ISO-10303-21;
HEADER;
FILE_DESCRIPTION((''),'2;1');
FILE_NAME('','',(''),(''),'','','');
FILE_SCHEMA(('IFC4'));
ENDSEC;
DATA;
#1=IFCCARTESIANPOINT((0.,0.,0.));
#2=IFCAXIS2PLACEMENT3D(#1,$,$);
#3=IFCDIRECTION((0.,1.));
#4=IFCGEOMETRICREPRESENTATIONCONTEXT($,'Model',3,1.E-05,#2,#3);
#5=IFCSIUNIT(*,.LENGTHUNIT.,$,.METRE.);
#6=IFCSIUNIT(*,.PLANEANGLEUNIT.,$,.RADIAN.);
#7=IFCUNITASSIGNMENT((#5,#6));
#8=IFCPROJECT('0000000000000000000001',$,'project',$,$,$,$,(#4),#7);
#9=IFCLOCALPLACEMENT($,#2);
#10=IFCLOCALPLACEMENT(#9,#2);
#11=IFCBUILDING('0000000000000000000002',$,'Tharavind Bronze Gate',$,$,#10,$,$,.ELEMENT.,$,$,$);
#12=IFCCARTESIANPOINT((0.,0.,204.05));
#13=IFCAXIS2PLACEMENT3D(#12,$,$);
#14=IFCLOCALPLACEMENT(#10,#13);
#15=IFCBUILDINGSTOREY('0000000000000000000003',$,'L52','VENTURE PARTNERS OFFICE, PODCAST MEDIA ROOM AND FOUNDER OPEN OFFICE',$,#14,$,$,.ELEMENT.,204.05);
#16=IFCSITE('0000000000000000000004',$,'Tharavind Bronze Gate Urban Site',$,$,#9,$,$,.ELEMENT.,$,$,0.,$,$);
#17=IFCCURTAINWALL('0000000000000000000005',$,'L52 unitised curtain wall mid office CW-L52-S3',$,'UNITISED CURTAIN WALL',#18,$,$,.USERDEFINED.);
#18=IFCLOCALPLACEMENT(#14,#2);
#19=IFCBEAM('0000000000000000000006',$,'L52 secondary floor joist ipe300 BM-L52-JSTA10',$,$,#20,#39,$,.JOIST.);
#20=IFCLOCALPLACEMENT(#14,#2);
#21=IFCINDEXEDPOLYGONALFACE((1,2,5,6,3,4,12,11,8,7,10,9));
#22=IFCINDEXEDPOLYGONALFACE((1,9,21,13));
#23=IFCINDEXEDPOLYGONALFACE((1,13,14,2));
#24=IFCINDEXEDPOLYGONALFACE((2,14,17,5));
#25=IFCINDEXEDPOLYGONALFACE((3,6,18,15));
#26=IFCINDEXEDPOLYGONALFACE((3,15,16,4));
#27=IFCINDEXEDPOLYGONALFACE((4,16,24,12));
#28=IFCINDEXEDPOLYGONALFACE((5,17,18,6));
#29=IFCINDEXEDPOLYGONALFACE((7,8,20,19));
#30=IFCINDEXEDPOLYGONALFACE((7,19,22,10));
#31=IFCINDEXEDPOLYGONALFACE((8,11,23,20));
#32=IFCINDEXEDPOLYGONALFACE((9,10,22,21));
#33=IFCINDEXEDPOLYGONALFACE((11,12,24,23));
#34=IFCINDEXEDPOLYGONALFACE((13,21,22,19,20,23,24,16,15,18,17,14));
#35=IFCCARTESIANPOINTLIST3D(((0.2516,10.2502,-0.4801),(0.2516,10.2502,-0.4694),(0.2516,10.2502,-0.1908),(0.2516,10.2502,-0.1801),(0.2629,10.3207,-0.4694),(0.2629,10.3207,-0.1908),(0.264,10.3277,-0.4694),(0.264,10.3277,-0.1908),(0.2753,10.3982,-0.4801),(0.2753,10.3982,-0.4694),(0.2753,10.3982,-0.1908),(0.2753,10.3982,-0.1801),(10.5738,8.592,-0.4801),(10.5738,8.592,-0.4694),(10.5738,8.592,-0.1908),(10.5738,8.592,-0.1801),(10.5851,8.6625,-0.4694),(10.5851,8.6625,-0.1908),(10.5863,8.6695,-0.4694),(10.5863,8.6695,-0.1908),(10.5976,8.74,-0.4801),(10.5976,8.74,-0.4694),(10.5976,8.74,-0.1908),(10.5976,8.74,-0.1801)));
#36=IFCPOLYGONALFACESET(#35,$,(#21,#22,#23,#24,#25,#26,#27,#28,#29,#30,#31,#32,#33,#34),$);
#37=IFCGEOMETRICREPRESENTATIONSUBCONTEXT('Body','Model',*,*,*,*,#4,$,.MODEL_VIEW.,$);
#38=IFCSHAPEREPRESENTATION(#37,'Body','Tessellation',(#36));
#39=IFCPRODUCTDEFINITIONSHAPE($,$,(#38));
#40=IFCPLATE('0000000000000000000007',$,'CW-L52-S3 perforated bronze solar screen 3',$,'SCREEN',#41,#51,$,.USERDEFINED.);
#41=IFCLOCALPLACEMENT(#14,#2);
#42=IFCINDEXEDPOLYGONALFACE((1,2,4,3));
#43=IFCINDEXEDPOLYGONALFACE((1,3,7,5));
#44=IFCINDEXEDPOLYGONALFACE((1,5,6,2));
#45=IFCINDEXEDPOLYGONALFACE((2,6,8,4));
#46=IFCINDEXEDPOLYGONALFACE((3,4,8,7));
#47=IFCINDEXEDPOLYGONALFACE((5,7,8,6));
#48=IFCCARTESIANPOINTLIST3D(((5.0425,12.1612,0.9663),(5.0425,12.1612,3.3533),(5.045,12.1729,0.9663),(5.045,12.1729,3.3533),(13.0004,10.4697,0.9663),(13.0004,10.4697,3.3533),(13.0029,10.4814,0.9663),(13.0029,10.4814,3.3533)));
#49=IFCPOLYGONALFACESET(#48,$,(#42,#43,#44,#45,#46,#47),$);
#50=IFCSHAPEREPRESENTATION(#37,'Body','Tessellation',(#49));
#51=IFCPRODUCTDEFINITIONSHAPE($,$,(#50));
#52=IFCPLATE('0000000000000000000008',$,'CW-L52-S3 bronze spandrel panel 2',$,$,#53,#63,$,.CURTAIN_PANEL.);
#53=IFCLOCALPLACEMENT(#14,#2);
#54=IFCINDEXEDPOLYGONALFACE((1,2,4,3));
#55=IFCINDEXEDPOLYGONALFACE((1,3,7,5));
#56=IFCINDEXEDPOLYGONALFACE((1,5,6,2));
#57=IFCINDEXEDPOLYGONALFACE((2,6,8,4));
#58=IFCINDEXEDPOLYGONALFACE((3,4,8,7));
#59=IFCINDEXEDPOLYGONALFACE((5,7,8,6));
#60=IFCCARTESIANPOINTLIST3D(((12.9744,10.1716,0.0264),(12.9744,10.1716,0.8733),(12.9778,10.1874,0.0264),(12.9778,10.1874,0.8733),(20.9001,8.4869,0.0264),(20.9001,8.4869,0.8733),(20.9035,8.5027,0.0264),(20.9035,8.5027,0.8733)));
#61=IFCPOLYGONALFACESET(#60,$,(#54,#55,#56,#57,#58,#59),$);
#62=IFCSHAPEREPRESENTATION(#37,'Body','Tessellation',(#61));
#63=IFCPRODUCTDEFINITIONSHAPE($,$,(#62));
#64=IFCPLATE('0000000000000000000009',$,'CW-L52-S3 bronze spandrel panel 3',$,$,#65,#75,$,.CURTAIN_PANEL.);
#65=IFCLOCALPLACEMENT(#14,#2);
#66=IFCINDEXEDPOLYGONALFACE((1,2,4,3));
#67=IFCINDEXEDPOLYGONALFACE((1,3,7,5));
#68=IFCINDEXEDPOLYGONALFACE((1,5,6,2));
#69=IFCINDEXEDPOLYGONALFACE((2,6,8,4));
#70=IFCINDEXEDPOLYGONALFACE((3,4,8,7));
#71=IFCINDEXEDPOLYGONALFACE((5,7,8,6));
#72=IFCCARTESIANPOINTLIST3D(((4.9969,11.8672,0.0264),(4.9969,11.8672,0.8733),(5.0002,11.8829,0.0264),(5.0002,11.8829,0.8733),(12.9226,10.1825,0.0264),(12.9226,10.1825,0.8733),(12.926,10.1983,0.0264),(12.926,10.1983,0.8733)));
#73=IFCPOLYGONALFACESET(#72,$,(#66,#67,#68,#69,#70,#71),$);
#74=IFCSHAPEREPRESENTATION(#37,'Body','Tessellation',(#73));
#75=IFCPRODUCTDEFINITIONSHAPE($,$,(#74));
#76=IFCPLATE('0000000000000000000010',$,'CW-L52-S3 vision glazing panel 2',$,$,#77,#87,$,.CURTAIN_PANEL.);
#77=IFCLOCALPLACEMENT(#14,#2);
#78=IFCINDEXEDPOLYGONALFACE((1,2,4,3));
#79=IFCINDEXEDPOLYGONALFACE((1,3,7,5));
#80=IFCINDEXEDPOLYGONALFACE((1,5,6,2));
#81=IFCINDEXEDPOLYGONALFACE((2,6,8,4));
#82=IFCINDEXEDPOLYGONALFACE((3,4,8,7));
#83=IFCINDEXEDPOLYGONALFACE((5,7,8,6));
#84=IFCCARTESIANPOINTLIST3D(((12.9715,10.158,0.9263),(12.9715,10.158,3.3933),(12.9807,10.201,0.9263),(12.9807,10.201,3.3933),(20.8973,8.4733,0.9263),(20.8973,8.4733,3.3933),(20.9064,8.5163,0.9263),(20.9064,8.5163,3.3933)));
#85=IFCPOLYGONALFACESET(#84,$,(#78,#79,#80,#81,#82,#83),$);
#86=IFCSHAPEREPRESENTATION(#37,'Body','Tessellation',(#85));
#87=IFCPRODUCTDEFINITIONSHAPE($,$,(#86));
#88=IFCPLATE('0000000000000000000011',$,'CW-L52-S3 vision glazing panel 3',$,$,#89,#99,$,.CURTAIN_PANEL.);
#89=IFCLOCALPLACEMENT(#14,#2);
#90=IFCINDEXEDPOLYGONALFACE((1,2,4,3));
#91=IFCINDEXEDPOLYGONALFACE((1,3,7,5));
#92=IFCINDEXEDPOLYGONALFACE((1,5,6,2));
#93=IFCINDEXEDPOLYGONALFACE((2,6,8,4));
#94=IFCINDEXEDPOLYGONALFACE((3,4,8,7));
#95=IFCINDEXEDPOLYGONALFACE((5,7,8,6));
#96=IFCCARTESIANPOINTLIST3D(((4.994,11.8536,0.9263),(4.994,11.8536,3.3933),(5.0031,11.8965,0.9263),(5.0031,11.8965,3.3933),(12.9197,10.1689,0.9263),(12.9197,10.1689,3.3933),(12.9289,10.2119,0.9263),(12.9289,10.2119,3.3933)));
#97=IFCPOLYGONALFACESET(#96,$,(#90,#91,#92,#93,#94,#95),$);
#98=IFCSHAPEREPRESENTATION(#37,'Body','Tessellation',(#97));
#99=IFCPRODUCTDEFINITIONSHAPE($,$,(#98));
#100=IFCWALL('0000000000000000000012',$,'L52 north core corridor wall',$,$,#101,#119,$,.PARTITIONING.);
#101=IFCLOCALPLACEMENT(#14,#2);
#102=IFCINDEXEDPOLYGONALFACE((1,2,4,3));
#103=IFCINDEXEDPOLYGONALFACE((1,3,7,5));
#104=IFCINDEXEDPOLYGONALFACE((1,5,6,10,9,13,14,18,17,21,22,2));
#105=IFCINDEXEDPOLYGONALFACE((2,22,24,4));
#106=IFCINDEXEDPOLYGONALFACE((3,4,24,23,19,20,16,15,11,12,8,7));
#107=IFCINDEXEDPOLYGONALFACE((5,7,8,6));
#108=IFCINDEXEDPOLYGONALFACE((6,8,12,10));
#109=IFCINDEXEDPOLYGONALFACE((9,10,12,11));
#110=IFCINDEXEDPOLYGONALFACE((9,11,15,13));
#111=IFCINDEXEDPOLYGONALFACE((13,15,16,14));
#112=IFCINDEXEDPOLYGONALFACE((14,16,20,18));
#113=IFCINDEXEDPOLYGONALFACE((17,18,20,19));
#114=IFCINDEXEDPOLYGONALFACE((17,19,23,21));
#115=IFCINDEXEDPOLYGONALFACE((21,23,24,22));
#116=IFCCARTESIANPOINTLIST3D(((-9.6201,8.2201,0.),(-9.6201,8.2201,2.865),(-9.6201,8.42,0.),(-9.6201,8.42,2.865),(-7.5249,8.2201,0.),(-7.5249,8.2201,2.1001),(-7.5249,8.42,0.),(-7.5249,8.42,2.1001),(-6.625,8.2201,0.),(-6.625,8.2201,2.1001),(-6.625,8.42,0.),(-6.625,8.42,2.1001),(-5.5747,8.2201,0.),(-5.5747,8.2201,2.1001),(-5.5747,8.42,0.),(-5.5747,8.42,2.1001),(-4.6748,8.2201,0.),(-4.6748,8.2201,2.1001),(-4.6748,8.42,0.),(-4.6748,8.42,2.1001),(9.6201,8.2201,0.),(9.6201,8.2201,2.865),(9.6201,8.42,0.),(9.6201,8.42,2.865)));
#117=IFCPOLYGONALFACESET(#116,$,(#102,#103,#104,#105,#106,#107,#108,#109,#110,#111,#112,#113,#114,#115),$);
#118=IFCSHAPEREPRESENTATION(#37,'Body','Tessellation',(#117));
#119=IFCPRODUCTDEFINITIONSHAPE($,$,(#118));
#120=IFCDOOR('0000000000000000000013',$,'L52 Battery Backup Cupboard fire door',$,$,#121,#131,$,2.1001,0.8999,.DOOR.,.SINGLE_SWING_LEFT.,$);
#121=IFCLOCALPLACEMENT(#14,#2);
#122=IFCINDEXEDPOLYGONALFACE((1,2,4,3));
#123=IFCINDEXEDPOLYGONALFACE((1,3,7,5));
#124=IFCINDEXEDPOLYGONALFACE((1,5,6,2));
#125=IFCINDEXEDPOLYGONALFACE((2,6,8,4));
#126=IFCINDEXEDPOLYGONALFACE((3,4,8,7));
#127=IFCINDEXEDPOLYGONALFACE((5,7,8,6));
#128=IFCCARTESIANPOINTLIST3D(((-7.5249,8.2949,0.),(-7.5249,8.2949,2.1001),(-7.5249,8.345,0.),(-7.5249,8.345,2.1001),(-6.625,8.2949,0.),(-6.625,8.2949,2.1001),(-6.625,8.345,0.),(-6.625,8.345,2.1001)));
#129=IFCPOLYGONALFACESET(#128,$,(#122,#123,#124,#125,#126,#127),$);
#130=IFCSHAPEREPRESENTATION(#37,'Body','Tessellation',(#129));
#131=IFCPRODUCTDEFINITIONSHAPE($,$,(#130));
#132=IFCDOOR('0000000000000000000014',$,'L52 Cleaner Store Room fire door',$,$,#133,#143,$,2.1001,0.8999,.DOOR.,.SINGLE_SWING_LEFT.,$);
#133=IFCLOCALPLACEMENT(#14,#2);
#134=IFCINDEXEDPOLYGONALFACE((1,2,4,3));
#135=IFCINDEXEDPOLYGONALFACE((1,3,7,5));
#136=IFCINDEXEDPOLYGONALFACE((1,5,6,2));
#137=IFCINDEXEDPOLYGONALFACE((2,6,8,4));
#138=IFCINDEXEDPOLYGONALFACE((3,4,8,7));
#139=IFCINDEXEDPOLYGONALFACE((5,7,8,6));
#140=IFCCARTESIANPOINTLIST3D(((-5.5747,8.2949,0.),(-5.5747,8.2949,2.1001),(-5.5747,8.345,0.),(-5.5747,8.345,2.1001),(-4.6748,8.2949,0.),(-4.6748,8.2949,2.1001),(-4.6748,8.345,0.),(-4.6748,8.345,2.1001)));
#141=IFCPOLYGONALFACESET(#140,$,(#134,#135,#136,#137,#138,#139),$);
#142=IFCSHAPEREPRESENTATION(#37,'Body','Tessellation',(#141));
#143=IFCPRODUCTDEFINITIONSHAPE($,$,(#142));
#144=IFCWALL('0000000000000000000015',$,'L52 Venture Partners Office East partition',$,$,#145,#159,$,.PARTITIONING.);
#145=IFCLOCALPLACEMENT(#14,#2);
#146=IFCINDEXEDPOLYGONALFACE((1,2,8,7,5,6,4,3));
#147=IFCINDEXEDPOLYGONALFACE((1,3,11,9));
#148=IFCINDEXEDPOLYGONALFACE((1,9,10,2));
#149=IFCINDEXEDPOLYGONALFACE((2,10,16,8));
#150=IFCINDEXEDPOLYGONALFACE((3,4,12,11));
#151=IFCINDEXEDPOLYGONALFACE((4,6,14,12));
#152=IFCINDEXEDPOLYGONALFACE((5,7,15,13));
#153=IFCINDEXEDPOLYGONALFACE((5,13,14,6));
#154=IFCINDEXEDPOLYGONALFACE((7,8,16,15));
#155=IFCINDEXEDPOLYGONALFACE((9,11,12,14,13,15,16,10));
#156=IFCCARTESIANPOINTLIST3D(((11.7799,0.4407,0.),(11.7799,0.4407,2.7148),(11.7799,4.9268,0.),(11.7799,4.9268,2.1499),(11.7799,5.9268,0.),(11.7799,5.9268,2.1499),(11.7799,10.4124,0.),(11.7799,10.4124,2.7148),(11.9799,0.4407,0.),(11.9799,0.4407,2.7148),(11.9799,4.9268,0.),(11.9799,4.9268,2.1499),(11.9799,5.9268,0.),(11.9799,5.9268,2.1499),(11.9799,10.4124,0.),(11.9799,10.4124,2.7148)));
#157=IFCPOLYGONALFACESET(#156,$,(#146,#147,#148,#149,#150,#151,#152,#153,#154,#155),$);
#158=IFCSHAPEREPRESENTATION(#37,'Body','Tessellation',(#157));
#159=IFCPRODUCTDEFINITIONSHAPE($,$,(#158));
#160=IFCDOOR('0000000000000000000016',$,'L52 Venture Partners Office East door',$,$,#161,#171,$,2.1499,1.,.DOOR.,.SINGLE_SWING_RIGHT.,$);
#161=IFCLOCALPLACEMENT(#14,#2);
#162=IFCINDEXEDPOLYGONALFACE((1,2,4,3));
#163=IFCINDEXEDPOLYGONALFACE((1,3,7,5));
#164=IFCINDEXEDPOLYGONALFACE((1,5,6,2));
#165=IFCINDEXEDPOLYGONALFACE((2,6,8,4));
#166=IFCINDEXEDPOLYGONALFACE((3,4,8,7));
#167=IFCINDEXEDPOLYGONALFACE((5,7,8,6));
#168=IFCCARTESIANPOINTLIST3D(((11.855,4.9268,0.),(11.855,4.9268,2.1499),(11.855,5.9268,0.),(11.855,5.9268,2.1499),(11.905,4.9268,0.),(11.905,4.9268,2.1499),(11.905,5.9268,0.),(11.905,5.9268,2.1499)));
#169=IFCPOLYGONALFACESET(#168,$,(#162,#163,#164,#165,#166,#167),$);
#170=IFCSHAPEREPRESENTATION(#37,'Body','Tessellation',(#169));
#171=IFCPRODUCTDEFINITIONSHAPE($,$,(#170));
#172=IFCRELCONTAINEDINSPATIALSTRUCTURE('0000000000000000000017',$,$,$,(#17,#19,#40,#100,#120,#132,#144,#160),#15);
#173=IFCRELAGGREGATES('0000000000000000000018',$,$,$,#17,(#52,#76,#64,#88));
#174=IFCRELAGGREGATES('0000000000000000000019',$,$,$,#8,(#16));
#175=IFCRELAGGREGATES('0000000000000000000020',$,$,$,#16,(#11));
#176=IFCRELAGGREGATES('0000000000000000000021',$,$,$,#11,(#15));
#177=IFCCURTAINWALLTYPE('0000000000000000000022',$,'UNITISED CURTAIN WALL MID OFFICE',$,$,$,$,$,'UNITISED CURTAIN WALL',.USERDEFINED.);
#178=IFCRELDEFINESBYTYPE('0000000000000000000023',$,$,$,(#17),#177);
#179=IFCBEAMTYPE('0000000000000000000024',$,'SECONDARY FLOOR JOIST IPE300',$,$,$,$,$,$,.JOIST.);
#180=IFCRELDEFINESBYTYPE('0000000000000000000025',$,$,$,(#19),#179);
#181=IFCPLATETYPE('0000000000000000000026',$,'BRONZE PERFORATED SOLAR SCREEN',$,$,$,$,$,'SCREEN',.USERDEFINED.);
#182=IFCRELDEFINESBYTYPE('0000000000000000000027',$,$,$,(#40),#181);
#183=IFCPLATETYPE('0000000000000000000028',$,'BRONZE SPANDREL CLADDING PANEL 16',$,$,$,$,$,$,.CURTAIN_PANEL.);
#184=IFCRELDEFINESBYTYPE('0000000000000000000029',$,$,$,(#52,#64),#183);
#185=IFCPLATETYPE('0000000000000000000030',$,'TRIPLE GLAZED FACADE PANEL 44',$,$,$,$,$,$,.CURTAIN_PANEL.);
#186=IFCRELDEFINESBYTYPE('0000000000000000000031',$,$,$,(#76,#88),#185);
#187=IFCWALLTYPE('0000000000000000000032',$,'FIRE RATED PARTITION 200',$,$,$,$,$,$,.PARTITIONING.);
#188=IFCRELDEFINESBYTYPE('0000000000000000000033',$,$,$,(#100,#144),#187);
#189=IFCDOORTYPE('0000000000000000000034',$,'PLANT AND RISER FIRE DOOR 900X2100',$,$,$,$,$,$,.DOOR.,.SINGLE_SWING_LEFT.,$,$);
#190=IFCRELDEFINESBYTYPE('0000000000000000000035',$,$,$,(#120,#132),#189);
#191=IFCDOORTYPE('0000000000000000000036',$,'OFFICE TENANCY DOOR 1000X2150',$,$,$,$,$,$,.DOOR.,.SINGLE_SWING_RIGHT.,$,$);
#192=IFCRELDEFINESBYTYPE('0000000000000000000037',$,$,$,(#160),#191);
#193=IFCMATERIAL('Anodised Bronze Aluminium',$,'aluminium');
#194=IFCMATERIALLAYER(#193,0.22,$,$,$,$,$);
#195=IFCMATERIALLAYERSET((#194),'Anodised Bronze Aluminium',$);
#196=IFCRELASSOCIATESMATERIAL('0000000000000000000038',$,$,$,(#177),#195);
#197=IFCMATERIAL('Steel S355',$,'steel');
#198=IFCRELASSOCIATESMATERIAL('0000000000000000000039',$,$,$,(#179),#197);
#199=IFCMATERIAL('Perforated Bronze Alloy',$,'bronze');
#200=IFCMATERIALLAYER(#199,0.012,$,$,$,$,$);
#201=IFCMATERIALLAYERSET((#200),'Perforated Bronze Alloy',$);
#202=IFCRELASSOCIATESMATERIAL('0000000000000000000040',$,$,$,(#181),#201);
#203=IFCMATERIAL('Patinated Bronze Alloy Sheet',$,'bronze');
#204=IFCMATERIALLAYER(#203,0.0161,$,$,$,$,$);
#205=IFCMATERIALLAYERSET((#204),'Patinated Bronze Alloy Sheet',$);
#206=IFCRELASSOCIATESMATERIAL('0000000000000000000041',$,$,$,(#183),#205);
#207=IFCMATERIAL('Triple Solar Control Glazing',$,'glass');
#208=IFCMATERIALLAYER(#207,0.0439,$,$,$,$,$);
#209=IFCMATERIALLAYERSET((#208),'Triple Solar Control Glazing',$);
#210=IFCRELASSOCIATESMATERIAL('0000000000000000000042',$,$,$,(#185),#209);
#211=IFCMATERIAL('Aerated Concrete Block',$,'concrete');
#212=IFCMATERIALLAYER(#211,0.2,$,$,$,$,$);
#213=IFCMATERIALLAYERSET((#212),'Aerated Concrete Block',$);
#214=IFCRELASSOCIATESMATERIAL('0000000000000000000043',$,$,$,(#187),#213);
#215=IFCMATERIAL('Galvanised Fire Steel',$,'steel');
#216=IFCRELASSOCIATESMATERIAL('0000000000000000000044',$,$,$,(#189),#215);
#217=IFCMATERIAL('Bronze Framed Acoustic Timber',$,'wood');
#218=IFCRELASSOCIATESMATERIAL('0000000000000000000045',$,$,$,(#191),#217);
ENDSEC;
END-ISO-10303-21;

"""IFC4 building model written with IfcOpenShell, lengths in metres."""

from ifc_helpers import new_model, si_unit, direction, frame, frame_2d, origin, origin_2d, place, context, subcontext, project, spatial, rectangle, i_section, extrude, material, layer, layer_set, material_profile, profile_set, type_object, element, fill, aggregate, save


model = new_model("IFC4")

# Units and contexts
model_context = context("Model", 3, precision=1e-05, world=origin(), true_north=direction((0.0, 1.0)))
body_context = subcontext(model_context, "Body", "Model", "MODEL_VIEW")
ifc_project = project(units=[si_unit("LENGTHUNIT", "METRE"), si_unit("PLANEANGLEUNIT", "RADIAN")], contexts=[model_context])

# Site, building, storey
site_placement = place(None, origin())
site = spatial("IfcSite", under=ifc_project, at=site_placement, Name="Tharavind Bronze Gate Urban Site", CompositionType="ELEMENT", RefElevation=0.0)
building_placement = place(site_placement, origin())
building = spatial("IfcBuilding", under=site, at=building_placement, Name="Tharavind Bronze Gate", CompositionType="ELEMENT")
storey_placement = place(building_placement, frame((0.0, 0.0, 204.05)))
storey = spatial("IfcBuildingStorey", under=building, at=storey_placement, Name="L52", Description="VENTURE PARTNERS OFFICE, PODCAST MEDIA ROOM AND FOUNDER OPEN OFFICE", CompositionType="ELEMENT", Elevation=204.05)

# Curtain wall
ifc_material_1 = material(Name="Anodised Bronze Aluminium", Category="aluminium")
ifc_layer_1 = layer(ifc_material_1, 0.22)
ifc_layer_set_1 = layer_set([ifc_layer_1], Name="Anodised Bronze Aluminium")
curtain_wall_type = type_object("IfcCurtainWallType", Name="UNITISED CURTAIN WALL MID OFFICE", ElementType="UNITISED CURTAIN WALL", PredefinedType="USERDEFINED", material=ifc_layer_set_1)
curtain_wall_placement = place(storey_placement, origin())
curtain_wall = element("IfcCurtainWall", 1, at=curtain_wall_placement, inside=storey, type_object=curtain_wall_type, Name="L52 unitised curtain wall mid office CW-L52-S3", ObjectType="UNITISED CURTAIN WALL", PredefinedType="USERDEFINED")

# Beam
ifc_material_2 = material(Name="Steel S355", Category="steel")
ifc_material_profile_1 = material_profile(ifc_material_2, i_section(OverallWidth=0.1499, OverallDepth=0.3, WebThickness=0.0071, FlangeThickness=0.0107, at=origin_2d()), Name="IPE300")
ifc_profile_set_1 = profile_set([ifc_material_profile_1], Name="Steel S355")
beam_type_1 = type_object("IfcBeamType", Name="SECONDARY FLOOR JOIST IPE300", PredefinedType="JOIST", material=ifc_profile_set_1)
beam_1_placement = place(storey_placement, frame((10.5857, 8.666, -0.3301), z_axis=(-0.987341, 0.15861, 0.0), x_axis=(-0.15861, -0.987341, 0.0)))
element("IfcBeam", 2, at=beam_1_placement, inside=storey, type_object=beam_type_1, Name="L52 secondary floor joist ipe300 BM-L52-JSTA10", PredefinedType="JOIST", context=body_context, shape_type="SweptSolid", body=[
    extrude(i_section(OverallWidth=0.1499, OverallDepth=0.3, WebThickness=0.0071, FlangeThickness=0.0107, at=origin_2d()), origin(), (0.0, 0.0, 1.0), 10.4546),
])

# Plates
ifc_material_3 = material(Name="Perforated Bronze Alloy", Category="bronze")
ifc_layer_2 = layer(ifc_material_3, 0.012)
ifc_layer_set_2 = layer_set([ifc_layer_2], Name="Perforated Bronze Alloy")
plate_type_1 = type_object("IfcPlateType", Name="BRONZE PERFORATED SOLAR SCREEN", ElementType="SCREEN", PredefinedType="USERDEFINED", material=ifc_layer_set_2)
plate_1_placement = place(storey_placement, frame((9.0227, 11.3213, 0.9663), z_axis=(0.0, 0.0, 1.0), x_axis=(-0.978148, 0.207912, 0.0)))
element("IfcPlate", 3, at=plate_1_placement, inside=storey, type_object=plate_type_1, Name="CW-L52-S3 perforated bronze solar screen 3", ObjectType="SCREEN", PredefinedType="USERDEFINED", context=body_context, shape_type="SweptSolid", body=[
    extrude(rectangle(XDim=8.1357, YDim=0.012, at=origin_2d()), origin(), (0.0, 0.0, 1.0), 2.387),
])
ifc_material_4 = material(Name="Patinated Bronze Alloy Sheet", Category="bronze")
ifc_layer_3 = layer(ifc_material_4, 0.0161)
ifc_layer_set_3 = layer_set([ifc_layer_3], Name="Patinated Bronze Alloy Sheet")
plate_type_2 = type_object("IfcPlateType", Name="BRONZE SPANDREL CLADDING PANEL 16", PredefinedType="CURTAIN_PANEL", material=ifc_layer_set_3)
plate_2_placement = place(storey_placement, frame((16.939, 9.3372, 0.0264), z_axis=(0.0, 0.0, 1.0), x_axis=(-0.978148, 0.207912, 0.0)))
plate_2 = element("IfcPlate", 4, at=plate_2_placement, type_object=plate_type_2, Name="CW-L52-S3 bronze spandrel panel 2", PredefinedType="CURTAIN_PANEL", context=body_context, shape_type="SweptSolid", body=[
    extrude(rectangle(XDim=8.1028, YDim=0.0161, at=origin_2d()), origin(), (0.0, 0.0, 1.0), 0.8469),
])
plate_3_placement = place(storey_placement, frame((8.9614, 11.0327, 0.0264), z_axis=(0.0, 0.0, 1.0), x_axis=(-0.978148, 0.207912, 0.0)))
plate_3 = element("IfcPlate", 5, at=plate_3_placement, type_object=plate_type_2, Name="CW-L52-S3 bronze spandrel panel 3", PredefinedType="CURTAIN_PANEL", context=body_context, shape_type="SweptSolid", body=[
    extrude(rectangle(XDim=8.1028, YDim=0.0161, at=origin_2d()), origin(), (0.0, 0.0, 1.0), 0.8469),
])
ifc_material_5 = material(Name="Triple Solar Control Glazing", Category="glass")
ifc_layer_4 = layer(ifc_material_5, 0.0439)
ifc_layer_set_4 = layer_set([ifc_layer_4], Name="Triple Solar Control Glazing")
plate_type_3 = type_object("IfcPlateType", Name="TRIPLE GLAZED FACADE PANEL 44", PredefinedType="CURTAIN_PANEL", material=ifc_layer_set_4)
plate_4_placement = place(storey_placement, frame((16.939, 9.3372, 0.9263), z_axis=(0.0, 0.0, 1.0), x_axis=(-0.978148, 0.207912, 0.0)))
plate_4 = element("IfcPlate", 6, at=plate_4_placement, type_object=plate_type_3, Name="CW-L52-S3 vision glazing panel 2", PredefinedType="CURTAIN_PANEL", context=body_context, shape_type="SweptSolid", body=[
    extrude(rectangle(XDim=8.1028, YDim=0.0439, at=origin_2d()), origin(), (0.0, 0.0, 1.0), 2.467),
])
plate_5_placement = place(storey_placement, frame((8.9614, 11.0327, 0.9263), z_axis=(0.0, 0.0, 1.0), x_axis=(-0.978148, 0.207912, 0.0)))
plate_5 = element("IfcPlate", 7, at=plate_5_placement, type_object=plate_type_3, Name="CW-L52-S3 vision glazing panel 3", PredefinedType="CURTAIN_PANEL", context=body_context, shape_type="SweptSolid", body=[
    extrude(rectangle(XDim=8.1028, YDim=0.0439, at=origin_2d()), origin(), (0.0, 0.0, 1.0), 2.467),
])
aggregate(curtain_wall, [plate_2, plate_4, plate_3, plate_5])

# Wall, openings, doors
ifc_material_6 = material(Name="Aerated Concrete Block", Category="concrete")
ifc_layer_5 = layer(ifc_material_6, 0.2)
ifc_layer_set_5 = layer_set([ifc_layer_5], Name="Aerated Concrete Block")
wall_type = type_object("IfcWallType", Name="FIRE RATED PARTITION 200", PredefinedType="PARTITIONING", material=ifc_layer_set_5)
wall_1_placement = place(storey_placement, frame((9.6201, 8.3201, 0.0), z_axis=(0.0, 0.0, 1.0), x_axis=(-1.0, 0.0, 0.0)))
wall_1 = element("IfcWall", 8, at=wall_1_placement, inside=storey, type_object=wall_type, Name="L52 north core corridor wall", PredefinedType="PARTITIONING", context=body_context, shape_type="SweptSolid", body=[
    extrude(rectangle(XDim=19.2402, YDim=0.2, at=frame_2d((9.6201, 0.0))), origin(), (0.0, 0.0, 1.0), 2.865),
])
opening_1_placement = place(wall_1_placement, frame((16.2451, 0.0, 0.0)))
opening_1 = element("IfcOpeningElement", 9, at=opening_1_placement, cuts=wall_1, PredefinedType="OPENING", context=body_context, shape_type="SweptSolid", body=[
    extrude(rectangle(XDim=0.8999, YDim=2.1001, at=frame_2d((0.45, 1.05))), frame((0.0, 0.1101, 0.0), z_axis=(0.0, -1.0, 0.0), x_axis=(1.0, 0.0, 0.0)), (0.0, 0.0, 1.0), 0.22),
])
opening_2_placement = place(wall_1_placement, frame((14.2949, 0.0, 0.0)))
opening_2 = element("IfcOpeningElement", 10, at=opening_2_placement, cuts=wall_1, PredefinedType="OPENING", context=body_context, shape_type="SweptSolid", body=[
    extrude(rectangle(XDim=0.8999, YDim=2.1001, at=frame_2d((0.45, 1.05))), frame((0.0, 0.1101, 0.0), z_axis=(0.0, -1.0, 0.0), x_axis=(1.0, 0.0, 0.0)), (0.0, 0.0, 1.0), 0.22),
])
ifc_material_7 = material(Name="Galvanised Fire Steel", Category="steel")
door_type_1 = type_object("IfcDoorType", Name="PLANT AND RISER FIRE DOOR 900X2100", OperationType="SINGLE_SWING_LEFT", PredefinedType="DOOR", material=ifc_material_7)
door_1_placement = place(opening_1_placement, frame((0.8999, 0.0, 0.0), z_axis=(0.0, 0.0, 1.0), x_axis=(-1.0, 0.0, 0.0)))
door_1 = element("IfcDoor", 11, at=door_1_placement, inside=storey, type_object=door_type_1, Name="L52 Battery Backup Cupboard fire door", OperationType="SINGLE_SWING_LEFT", OverallHeight=2.1001, OverallWidth=0.8999, PredefinedType="DOOR", context=body_context, shape_type="SweptSolid", body=[
    extrude(rectangle(XDim=0.8999, YDim=2.1001, at=frame_2d((0.45, 1.05))), frame((0.0, 0.0249, 0.0), z_axis=(0.0, -1.0, 0.0), x_axis=(1.0, 0.0, 0.0)), (0.0, 0.0, 1.0), 0.05),
])
fill(opening_1, door_1)
door_2_placement = place(opening_2_placement, frame((0.8999, 0.0, 0.0), z_axis=(0.0, 0.0, 1.0), x_axis=(-1.0, 0.0, 0.0)))
door_2 = element("IfcDoor", 12, at=door_2_placement, inside=storey, type_object=door_type_1, Name="L52 Cleaner Store Room fire door", OperationType="SINGLE_SWING_LEFT", OverallHeight=2.1001, OverallWidth=0.8999, PredefinedType="DOOR", context=body_context, shape_type="SweptSolid", body=[
    extrude(rectangle(XDim=0.8999, YDim=2.1001, at=frame_2d((0.45, 1.05))), frame((0.0, 0.0249, 0.0), z_axis=(0.0, -1.0, 0.0), x_axis=(1.0, 0.0, 0.0)), (0.0, 0.0, 1.0), 0.05),
])
fill(opening_2, door_2)

# Wall, opening, door
wall_2_placement = place(storey_placement, frame((11.8799, 0.4407, 0.0), z_axis=(0.0, 0.0, 1.0), x_axis=(0.0, 1.0, 0.0)))
wall_2 = element("IfcWall", 13, at=wall_2_placement, inside=storey, type_object=wall_type, Name="L52 Venture Partners Office East partition", PredefinedType="PARTITIONING", context=body_context, shape_type="SweptSolid", body=[
    extrude(rectangle(XDim=9.9717, YDim=0.2, at=frame_2d((4.9858, 0.0))), origin(), (0.0, 0.0, 1.0), 2.7148),
])
opening_3_placement = place(wall_2_placement, frame((4.4861, 0.0, 0.0)))
opening_3 = element("IfcOpeningElement", 14, at=opening_3_placement, cuts=wall_2, PredefinedType="OPENING", context=body_context, shape_type="SweptSolid", body=[
    extrude(rectangle(XDim=1.0, YDim=2.1499, at=frame_2d((0.5, 1.075))), frame((0.0, 0.1101, 0.0), z_axis=(0.0, -1.0, 0.0), x_axis=(1.0, 0.0, 0.0)), (0.0, 0.0, 1.0), 0.22),
])
ifc_material_8 = material(Name="Bronze Framed Acoustic Timber", Category="wood")
door_type_2 = type_object("IfcDoorType", Name="OFFICE TENANCY DOOR 1000X2150", OperationType="SINGLE_SWING_RIGHT", PredefinedType="DOOR", material=ifc_material_8)
door_3_placement = place(opening_3_placement, origin())
door_3 = element("IfcDoor", 15, at=door_3_placement, inside=storey, type_object=door_type_2, Name="L52 Venture Partners Office East door", OperationType="SINGLE_SWING_RIGHT", OverallHeight=2.1499, OverallWidth=1.0, PredefinedType="DOOR", context=body_context, shape_type="SweptSolid", body=[
    extrude(rectangle(XDim=1.0, YDim=2.1499, at=frame_2d((0.5, 1.075))), frame((0.0, 0.0249, 0.0), z_axis=(0.0, -1.0, 0.0), x_axis=(1.0, 0.0, 0.0)), (0.0, 0.0, 1.0), 0.05),
])
fill(opening_3, door_3)

save(model, "model.ifc")
